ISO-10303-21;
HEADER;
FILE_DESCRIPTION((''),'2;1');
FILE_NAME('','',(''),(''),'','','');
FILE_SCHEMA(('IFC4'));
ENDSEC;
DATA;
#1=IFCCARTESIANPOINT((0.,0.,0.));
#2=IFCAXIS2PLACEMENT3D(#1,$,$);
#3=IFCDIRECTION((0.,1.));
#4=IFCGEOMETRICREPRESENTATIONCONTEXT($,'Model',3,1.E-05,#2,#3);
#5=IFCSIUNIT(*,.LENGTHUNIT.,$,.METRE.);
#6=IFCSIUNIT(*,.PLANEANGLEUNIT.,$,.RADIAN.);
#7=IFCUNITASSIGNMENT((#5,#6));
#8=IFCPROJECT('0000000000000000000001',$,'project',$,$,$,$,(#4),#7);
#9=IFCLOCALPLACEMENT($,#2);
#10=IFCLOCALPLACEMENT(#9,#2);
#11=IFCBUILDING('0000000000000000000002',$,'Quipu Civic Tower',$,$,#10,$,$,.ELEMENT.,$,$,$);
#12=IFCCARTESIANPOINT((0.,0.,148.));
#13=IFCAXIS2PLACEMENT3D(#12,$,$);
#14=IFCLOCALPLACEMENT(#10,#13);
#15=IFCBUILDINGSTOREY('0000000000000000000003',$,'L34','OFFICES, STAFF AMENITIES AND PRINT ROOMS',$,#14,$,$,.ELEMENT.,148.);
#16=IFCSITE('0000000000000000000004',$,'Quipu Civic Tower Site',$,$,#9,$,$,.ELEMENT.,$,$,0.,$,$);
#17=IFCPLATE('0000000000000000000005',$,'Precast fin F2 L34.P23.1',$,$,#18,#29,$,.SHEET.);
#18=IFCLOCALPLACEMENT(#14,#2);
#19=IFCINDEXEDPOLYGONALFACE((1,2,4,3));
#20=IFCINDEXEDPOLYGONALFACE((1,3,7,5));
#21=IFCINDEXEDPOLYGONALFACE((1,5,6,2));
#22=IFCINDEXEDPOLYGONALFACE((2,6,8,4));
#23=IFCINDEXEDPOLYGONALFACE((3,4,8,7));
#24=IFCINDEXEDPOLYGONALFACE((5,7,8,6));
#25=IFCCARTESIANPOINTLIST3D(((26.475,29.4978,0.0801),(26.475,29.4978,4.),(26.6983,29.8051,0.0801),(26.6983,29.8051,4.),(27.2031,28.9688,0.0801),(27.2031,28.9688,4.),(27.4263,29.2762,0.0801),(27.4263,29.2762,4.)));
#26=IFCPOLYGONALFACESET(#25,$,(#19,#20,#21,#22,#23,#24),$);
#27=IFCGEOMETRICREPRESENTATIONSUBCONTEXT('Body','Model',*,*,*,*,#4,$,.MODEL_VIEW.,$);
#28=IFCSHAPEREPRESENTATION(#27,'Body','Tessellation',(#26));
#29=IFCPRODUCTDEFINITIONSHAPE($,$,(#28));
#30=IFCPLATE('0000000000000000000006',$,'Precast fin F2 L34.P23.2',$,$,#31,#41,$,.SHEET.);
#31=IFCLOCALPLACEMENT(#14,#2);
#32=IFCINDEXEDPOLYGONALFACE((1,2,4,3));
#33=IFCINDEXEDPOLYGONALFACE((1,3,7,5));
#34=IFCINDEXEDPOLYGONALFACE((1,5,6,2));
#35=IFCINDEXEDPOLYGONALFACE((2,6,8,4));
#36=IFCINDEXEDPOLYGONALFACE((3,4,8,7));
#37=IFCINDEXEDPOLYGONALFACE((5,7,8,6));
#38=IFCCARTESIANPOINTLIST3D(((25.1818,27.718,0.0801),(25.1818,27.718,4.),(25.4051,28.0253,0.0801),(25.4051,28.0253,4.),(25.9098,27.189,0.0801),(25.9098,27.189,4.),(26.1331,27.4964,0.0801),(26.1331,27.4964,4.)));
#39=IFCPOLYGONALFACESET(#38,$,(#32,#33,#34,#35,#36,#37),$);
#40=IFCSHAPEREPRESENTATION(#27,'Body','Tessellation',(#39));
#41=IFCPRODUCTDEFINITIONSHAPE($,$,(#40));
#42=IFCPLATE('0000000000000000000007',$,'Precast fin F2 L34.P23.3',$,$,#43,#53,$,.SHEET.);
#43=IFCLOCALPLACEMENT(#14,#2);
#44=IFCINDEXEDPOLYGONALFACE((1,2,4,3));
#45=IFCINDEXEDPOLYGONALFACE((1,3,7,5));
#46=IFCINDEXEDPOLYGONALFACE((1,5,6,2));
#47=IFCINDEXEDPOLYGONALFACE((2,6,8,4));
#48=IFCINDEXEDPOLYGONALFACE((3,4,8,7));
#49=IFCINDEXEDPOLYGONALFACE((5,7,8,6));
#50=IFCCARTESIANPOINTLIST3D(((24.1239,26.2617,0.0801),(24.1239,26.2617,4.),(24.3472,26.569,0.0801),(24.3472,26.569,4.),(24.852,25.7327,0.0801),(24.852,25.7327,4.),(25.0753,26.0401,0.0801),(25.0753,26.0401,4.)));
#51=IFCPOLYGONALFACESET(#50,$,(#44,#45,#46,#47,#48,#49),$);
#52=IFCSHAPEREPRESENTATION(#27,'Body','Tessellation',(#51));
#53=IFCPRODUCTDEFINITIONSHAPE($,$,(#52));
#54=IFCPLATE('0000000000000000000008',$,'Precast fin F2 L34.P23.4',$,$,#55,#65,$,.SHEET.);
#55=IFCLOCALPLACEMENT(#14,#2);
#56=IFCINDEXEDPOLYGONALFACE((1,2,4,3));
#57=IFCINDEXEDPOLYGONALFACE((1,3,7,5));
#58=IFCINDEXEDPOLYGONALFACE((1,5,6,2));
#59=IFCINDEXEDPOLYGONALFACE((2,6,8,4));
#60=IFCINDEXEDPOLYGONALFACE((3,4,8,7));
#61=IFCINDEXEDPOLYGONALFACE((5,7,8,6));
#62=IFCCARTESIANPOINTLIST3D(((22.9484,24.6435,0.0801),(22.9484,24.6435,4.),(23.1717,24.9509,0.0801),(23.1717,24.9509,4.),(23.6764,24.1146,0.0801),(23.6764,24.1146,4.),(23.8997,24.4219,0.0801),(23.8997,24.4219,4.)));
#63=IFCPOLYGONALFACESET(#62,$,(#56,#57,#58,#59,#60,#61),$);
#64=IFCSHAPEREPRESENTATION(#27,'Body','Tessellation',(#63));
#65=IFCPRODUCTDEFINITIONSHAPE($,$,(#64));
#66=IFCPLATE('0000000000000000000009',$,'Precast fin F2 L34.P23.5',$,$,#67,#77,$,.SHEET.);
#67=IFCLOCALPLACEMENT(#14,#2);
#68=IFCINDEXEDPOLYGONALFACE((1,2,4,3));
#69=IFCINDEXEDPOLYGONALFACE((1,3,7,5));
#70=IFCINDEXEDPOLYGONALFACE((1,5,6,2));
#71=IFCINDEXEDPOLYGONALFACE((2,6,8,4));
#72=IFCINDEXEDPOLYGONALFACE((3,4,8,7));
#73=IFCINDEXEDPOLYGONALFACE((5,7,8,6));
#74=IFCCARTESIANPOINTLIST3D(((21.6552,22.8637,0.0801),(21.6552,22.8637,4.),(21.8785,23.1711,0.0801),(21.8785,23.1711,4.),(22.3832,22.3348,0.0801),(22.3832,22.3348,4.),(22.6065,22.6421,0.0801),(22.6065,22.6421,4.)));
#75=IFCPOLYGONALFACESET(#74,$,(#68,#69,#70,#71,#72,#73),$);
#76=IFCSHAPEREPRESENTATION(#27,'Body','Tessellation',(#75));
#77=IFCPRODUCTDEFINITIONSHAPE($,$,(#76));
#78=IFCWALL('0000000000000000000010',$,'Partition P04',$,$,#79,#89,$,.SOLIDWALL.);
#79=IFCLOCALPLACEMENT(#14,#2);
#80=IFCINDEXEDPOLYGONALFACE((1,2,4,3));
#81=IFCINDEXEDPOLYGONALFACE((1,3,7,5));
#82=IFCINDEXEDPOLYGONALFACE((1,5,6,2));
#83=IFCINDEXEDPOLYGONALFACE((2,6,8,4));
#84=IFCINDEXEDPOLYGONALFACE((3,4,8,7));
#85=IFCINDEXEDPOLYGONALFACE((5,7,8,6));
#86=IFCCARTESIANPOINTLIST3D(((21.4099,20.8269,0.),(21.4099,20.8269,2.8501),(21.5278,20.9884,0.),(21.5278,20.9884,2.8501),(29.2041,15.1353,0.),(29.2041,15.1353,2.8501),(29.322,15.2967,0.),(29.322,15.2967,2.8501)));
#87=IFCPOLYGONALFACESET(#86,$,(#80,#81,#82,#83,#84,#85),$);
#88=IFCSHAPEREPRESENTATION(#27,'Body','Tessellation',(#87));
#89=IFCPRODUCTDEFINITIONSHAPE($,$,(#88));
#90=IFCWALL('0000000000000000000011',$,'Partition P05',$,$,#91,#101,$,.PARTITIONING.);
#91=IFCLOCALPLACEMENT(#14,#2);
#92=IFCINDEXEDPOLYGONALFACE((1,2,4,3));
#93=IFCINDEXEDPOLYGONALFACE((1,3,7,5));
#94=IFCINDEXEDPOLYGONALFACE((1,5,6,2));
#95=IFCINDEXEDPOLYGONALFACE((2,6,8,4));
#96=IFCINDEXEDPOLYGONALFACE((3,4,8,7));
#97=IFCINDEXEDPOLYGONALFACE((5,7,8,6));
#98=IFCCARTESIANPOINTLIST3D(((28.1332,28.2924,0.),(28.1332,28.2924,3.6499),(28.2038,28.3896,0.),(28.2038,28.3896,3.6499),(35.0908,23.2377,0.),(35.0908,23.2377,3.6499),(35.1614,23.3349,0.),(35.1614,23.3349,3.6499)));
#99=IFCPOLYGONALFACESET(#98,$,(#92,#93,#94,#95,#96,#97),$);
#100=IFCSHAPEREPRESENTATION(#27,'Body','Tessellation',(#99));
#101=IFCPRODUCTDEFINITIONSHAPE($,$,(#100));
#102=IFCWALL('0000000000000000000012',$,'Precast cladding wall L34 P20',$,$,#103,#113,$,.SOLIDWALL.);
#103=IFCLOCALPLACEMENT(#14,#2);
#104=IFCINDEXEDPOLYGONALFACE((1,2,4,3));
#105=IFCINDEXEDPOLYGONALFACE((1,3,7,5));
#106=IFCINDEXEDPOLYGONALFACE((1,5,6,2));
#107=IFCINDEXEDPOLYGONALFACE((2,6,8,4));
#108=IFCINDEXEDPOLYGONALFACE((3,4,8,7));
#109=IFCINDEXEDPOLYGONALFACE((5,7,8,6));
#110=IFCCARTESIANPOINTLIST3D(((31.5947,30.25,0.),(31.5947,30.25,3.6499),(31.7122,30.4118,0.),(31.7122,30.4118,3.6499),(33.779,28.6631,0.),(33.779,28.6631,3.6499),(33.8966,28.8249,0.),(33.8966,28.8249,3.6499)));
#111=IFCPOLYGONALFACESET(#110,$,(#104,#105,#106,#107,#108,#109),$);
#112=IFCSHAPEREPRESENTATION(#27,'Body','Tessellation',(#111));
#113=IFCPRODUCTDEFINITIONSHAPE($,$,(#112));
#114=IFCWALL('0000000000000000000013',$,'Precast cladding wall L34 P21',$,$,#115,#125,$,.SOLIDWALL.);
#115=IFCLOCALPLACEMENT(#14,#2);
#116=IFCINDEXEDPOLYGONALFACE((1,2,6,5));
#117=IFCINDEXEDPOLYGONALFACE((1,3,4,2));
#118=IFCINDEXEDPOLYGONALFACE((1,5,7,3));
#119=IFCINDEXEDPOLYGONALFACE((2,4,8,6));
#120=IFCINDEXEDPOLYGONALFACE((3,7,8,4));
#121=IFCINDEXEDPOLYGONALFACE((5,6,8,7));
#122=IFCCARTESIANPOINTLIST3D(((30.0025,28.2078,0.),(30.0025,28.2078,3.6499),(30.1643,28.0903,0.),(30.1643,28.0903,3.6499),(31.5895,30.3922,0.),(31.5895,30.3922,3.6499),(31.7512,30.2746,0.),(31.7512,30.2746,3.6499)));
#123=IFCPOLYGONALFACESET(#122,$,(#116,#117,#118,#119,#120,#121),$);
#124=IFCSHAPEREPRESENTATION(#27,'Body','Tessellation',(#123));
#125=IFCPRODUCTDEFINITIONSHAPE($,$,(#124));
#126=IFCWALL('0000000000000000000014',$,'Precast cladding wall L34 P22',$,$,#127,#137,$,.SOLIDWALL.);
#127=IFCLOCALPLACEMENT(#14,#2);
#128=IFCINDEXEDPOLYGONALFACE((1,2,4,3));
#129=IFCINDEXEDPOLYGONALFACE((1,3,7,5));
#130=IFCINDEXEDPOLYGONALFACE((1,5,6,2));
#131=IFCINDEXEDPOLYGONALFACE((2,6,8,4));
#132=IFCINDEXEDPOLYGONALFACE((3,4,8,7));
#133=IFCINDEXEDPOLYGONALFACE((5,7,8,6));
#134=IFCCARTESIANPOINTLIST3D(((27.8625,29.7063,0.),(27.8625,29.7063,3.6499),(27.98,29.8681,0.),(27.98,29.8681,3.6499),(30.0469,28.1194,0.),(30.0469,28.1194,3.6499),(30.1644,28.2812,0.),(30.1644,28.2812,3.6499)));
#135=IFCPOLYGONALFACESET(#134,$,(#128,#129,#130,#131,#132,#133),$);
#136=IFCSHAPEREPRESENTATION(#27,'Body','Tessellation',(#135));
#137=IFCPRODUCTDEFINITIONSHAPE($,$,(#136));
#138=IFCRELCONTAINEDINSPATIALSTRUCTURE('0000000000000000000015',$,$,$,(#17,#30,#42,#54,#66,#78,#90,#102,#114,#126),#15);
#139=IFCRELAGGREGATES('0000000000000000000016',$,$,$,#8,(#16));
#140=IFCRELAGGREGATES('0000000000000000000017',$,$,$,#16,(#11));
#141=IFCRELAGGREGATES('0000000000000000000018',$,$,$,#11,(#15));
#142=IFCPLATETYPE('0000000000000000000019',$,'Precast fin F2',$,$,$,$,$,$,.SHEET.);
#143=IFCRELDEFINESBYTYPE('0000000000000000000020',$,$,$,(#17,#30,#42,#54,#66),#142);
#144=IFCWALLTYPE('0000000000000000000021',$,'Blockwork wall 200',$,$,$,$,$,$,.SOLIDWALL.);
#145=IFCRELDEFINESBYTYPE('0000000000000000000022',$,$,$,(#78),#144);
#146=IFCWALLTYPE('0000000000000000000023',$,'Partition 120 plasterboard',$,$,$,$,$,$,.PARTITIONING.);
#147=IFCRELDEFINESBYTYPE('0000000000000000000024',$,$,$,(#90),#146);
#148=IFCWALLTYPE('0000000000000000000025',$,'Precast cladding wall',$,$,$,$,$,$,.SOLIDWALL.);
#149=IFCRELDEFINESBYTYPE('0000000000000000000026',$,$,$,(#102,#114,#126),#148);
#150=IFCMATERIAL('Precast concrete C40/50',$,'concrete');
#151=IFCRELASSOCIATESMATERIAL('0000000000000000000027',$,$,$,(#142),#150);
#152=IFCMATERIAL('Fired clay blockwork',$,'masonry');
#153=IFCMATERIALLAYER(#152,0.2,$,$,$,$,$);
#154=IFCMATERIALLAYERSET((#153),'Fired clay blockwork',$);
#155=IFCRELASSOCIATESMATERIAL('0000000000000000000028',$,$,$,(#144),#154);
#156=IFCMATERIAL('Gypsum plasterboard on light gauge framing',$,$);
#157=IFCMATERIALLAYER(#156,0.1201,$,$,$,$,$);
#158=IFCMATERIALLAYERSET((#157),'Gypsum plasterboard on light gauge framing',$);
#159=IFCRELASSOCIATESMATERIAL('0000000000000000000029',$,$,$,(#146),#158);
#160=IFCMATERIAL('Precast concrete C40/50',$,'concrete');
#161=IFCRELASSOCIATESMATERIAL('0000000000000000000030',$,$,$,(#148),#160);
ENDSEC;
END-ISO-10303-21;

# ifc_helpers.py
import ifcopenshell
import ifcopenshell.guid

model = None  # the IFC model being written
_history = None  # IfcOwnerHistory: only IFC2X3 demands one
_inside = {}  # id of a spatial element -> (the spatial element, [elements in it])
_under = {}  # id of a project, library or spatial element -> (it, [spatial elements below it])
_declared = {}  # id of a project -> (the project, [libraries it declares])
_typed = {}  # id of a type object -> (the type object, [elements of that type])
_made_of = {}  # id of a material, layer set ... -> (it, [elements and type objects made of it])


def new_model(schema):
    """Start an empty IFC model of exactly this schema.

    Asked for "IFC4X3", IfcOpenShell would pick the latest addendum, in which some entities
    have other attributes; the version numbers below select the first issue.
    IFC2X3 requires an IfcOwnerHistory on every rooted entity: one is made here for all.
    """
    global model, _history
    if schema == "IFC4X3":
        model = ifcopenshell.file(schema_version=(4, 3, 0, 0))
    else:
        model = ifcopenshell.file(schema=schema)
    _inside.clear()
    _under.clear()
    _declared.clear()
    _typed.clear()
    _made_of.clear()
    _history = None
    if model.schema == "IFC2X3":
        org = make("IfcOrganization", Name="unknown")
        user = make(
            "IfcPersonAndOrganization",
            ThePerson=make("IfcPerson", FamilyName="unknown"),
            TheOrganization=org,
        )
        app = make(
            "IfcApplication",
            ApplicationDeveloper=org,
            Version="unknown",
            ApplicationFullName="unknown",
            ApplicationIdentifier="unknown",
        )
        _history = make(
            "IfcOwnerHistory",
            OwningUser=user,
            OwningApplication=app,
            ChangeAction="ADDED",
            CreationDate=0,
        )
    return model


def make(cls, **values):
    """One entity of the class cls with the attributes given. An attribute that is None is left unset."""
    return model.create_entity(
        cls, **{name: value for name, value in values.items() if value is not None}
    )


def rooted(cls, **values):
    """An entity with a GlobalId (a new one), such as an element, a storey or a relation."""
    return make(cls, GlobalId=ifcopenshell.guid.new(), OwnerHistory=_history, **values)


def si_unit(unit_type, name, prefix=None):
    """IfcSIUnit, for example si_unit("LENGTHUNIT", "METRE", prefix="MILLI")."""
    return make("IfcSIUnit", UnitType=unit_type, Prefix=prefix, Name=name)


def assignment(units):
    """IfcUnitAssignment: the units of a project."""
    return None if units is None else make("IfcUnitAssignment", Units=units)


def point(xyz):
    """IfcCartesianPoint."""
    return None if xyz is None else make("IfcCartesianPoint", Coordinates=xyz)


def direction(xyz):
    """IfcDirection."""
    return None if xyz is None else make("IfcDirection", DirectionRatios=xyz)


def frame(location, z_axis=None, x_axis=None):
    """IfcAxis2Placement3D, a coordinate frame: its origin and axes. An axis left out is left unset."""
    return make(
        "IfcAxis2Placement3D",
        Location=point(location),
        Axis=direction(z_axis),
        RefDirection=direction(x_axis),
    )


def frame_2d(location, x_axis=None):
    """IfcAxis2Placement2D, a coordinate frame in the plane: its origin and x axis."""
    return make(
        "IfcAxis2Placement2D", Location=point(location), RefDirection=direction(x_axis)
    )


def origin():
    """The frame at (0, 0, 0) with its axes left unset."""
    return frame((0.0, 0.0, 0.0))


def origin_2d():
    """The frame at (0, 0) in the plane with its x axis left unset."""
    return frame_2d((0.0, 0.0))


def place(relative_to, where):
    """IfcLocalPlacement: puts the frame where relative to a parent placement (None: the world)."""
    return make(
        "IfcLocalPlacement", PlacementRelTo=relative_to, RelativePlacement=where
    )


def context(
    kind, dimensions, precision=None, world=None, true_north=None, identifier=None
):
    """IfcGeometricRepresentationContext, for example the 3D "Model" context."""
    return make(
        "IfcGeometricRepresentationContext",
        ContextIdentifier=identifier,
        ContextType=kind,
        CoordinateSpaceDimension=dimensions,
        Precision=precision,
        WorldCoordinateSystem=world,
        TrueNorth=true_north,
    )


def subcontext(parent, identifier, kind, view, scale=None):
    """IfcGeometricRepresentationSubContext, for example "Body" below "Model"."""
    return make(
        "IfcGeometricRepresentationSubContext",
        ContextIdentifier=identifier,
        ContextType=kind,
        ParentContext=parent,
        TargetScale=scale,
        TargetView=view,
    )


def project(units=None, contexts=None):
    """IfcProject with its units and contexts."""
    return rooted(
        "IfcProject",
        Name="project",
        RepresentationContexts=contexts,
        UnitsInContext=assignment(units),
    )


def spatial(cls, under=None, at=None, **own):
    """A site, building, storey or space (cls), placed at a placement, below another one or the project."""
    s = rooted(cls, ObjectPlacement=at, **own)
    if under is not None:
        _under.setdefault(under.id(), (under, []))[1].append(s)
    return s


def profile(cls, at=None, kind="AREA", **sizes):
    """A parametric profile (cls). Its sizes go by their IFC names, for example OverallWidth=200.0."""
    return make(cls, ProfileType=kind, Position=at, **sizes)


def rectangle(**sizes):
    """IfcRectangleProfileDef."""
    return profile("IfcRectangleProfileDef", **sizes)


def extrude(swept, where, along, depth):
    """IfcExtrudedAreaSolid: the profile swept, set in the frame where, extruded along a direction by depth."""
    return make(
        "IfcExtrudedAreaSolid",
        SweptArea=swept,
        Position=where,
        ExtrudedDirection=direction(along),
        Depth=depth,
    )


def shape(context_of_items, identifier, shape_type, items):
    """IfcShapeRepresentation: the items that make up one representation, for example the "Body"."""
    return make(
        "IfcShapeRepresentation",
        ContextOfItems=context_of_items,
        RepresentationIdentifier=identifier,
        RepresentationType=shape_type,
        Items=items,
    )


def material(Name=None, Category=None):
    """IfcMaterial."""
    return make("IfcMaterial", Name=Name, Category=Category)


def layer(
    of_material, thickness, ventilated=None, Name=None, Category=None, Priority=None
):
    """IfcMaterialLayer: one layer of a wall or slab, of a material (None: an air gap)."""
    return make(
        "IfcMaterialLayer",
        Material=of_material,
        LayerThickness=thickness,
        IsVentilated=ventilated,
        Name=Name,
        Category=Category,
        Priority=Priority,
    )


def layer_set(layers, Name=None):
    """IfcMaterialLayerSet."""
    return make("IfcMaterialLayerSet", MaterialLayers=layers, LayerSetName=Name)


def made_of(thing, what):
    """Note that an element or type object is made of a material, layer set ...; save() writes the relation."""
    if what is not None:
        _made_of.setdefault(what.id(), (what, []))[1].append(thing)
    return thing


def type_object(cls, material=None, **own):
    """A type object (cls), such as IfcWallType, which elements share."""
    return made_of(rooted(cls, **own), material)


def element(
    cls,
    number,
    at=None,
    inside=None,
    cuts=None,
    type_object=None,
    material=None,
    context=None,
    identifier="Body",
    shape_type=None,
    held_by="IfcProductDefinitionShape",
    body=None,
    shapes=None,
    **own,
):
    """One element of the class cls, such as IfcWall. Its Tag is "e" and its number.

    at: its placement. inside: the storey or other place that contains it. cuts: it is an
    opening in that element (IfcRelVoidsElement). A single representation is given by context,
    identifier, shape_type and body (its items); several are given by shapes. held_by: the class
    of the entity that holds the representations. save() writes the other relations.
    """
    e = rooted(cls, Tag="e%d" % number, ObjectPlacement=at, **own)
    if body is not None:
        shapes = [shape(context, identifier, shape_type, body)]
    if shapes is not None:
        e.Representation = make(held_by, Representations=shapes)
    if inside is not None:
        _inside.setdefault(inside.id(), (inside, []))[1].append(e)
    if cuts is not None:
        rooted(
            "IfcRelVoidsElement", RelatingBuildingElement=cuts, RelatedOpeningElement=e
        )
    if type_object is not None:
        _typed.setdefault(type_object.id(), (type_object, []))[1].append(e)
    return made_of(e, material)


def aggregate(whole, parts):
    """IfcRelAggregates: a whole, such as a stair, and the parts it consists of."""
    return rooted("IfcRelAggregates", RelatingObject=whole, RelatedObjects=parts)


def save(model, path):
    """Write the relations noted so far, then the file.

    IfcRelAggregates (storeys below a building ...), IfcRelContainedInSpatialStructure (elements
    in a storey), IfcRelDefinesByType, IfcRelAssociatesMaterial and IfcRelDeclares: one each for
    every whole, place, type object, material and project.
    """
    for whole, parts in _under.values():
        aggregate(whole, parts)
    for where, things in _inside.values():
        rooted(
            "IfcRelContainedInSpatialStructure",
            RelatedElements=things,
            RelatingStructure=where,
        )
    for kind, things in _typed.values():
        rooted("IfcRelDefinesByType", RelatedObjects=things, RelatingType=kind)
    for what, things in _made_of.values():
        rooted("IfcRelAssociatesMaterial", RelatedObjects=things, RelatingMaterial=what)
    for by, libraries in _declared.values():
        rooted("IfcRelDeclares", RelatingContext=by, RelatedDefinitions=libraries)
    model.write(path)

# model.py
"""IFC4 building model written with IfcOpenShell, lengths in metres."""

from ifc_helpers import new_model, si_unit, direction, frame, frame_2d, origin, origin_2d, place, context, subcontext, project, spatial, rectangle, extrude, material, layer, layer_set, type_object, element, save


model = new_model("IFC4")

# Units and contexts
model_context = context("Model", 3, precision=1e-05, world=origin(), true_north=direction((0.0, 1.0)))
body_context = subcontext(model_context, "Body", "Model", "MODEL_VIEW")
ifc_project = project(units=[si_unit("LENGTHUNIT", "METRE"), si_unit("PLANEANGLEUNIT", "RADIAN")], contexts=[model_context])

# Site, building, storey
site_placement = place(None, origin())
site = spatial("IfcSite", under=ifc_project, at=site_placement, Name="Quipu Civic Tower Site", CompositionType="ELEMENT", RefElevation=0.0)
building_placement = place(site_placement, origin())
building = spatial("IfcBuilding", under=site, at=building_placement, Name="Quipu Civic Tower", CompositionType="ELEMENT")
storey_placement = place(building_placement, frame((0.0, 0.0, 148.0)))
storey = spatial("IfcBuildingStorey", under=building, at=storey_placement, Name="L34", Description="OFFICES, STAFF AMENITIES AND PRINT ROOMS", CompositionType="ELEMENT", Elevation=148.0)

# Plates
ifc_material_1 = material(Name="Precast concrete C40/50", Category="concrete")
plate_type_1 = type_object("IfcPlateType", Name="Precast fin F2", PredefinedType="SHEET", material=ifc_material_1)
for number, where, z_axis, x_axis, name in (
    (1, (26.9507, 29.387, 0.0801), (0.0, 0.0, 1.0), (-0.587787, -0.809016, 0.0), "Precast fin F2 L34.P23.1"),
    (2, (25.6575, 27.6072, 0.0801), (0.0, 0.0, 1.0), (-0.587787, -0.809016, 0.0), "Precast fin F2 L34.P23.2"),
    (3, (24.5996, 26.1509, 0.0801), (0.0, 0.0, 1.0), (-0.587787, -0.809016, 0.0), "Precast fin F2 L34.P23.3"),
    (4, (23.4241, 24.5327, 0.0801), (0.0, 0.0, 1.0), (-0.587787, -0.809016, 0.0), "Precast fin F2 L34.P23.4"),
    (5, (22.1309, 22.7529, 0.0801), (0.0, 0.0, 1.0), (-0.587787, -0.809016, 0.0), "Precast fin F2 L34.P23.5"),
):
    element("IfcPlate", number, at=place(storey_placement, frame(where, z_axis=z_axis, x_axis=x_axis)), inside=storey, type_object=plate_type_1, Name=name, PredefinedType="SHEET", context=body_context, shape_type="SweptSolid", body=[
        extrude(rectangle(XDim=0.3799, YDim=0.8999, at=origin_2d()), origin(), (0.0, 0.0, 1.0), 3.9199),
    ])

# Walls
ifc_material_2 = material(Name="Fired clay blockwork", Category="masonry")
ifc_layer_1 = layer(ifc_material_2, 0.2)
ifc_layer_set_1 = layer_set([ifc_layer_1], Name="Fired clay blockwork")
wall_type_1 = type_object("IfcWallType", Name="Blockwork wall 200", PredefinedType="SOLIDWALL", material=ifc_layer_set_1)
wall_1_placement = place(storey_placement, frame((21.4688, 20.9077, 0.0), z_axis=(0.0, 0.0, 1.0), x_axis=(0.807594, -0.589739, 0.0)))
element("IfcWall", 6, at=wall_1_placement, inside=storey, type_object=wall_type_1, Name="Partition P04", PredefinedType="SOLIDWALL", context=body_context, shape_type="SweptSolid", body=[
    extrude(rectangle(XDim=9.6511, YDim=0.2, at=frame_2d((4.8257, 0.0))), origin(), (0.0, 0.0, 1.0), 2.8501),
])
ifc_material_3 = material(Name="Gypsum plasterboard on light gauge framing")
ifc_layer_2 = layer(ifc_material_3, 0.1201)
ifc_layer_set_2 = layer_set([ifc_layer_2], Name="Gypsum plasterboard on light gauge framing")
wall_type_2 = type_object("IfcWallType", Name="Partition 120 plasterboard", PredefinedType="PARTITIONING", material=ifc_layer_set_2)
wall_2_placement = place(storey_placement, frame((35.126, 23.2864, 0.0), z_axis=(0.0, 0.0, 1.0), x_axis=(-0.809031, 0.587767, 0.0)))
element("IfcWall", 7, at=wall_2_placement, inside=storey, type_object=wall_type_2, Name="Partition P05", PredefinedType="PARTITIONING", context=body_context, shape_type="SweptSolid", body=[
    extrude(rectangle(XDim=8.5999, YDim=0.1201, at=frame_2d((4.2998, 0.0))), origin(), (0.0, 0.0, 1.0), 3.6499),
])
ifc_material_4 = material(Name="Precast concrete C40/50", Category="concrete")
wall_type_3 = type_object("IfcWallType", Name="Precast cladding wall", PredefinedType="SOLIDWALL", material=ifc_material_4)
for number, where, z_axis, x_axis, name in (
    (8, (33.8379, 28.7439, 0.0), (0.0, 0.0, 1.0), (-0.809033, 0.587763, 0.0), "Precast cladding wall L34 P20"),
    (9, (31.6704, 30.3335, 0.0), (0.0, 0.0, 1.0), (-0.587763, -0.809033, 0.0), "Precast cladding wall L34 P21"),
    (10, (30.1057, 28.2002, 0.0), (0.0, 0.0, 1.0), (-0.809033, 0.587763, 0.0), "Precast cladding wall L34 P22"),
):
    element("IfcWall", number, at=place(storey_placement, frame(where, z_axis=z_axis, x_axis=x_axis)), inside=storey, type_object=wall_type_3, Name=name, PredefinedType="SOLIDWALL", context=body_context, shape_type="SweptSolid", body=[
        extrude(rectangle(XDim=2.7, YDim=0.2, at=frame_2d((1.3501, 0.0))), origin(), (0.0, 0.0, 1.0), 3.6499),
    ])

save(model, "model.ifc")
